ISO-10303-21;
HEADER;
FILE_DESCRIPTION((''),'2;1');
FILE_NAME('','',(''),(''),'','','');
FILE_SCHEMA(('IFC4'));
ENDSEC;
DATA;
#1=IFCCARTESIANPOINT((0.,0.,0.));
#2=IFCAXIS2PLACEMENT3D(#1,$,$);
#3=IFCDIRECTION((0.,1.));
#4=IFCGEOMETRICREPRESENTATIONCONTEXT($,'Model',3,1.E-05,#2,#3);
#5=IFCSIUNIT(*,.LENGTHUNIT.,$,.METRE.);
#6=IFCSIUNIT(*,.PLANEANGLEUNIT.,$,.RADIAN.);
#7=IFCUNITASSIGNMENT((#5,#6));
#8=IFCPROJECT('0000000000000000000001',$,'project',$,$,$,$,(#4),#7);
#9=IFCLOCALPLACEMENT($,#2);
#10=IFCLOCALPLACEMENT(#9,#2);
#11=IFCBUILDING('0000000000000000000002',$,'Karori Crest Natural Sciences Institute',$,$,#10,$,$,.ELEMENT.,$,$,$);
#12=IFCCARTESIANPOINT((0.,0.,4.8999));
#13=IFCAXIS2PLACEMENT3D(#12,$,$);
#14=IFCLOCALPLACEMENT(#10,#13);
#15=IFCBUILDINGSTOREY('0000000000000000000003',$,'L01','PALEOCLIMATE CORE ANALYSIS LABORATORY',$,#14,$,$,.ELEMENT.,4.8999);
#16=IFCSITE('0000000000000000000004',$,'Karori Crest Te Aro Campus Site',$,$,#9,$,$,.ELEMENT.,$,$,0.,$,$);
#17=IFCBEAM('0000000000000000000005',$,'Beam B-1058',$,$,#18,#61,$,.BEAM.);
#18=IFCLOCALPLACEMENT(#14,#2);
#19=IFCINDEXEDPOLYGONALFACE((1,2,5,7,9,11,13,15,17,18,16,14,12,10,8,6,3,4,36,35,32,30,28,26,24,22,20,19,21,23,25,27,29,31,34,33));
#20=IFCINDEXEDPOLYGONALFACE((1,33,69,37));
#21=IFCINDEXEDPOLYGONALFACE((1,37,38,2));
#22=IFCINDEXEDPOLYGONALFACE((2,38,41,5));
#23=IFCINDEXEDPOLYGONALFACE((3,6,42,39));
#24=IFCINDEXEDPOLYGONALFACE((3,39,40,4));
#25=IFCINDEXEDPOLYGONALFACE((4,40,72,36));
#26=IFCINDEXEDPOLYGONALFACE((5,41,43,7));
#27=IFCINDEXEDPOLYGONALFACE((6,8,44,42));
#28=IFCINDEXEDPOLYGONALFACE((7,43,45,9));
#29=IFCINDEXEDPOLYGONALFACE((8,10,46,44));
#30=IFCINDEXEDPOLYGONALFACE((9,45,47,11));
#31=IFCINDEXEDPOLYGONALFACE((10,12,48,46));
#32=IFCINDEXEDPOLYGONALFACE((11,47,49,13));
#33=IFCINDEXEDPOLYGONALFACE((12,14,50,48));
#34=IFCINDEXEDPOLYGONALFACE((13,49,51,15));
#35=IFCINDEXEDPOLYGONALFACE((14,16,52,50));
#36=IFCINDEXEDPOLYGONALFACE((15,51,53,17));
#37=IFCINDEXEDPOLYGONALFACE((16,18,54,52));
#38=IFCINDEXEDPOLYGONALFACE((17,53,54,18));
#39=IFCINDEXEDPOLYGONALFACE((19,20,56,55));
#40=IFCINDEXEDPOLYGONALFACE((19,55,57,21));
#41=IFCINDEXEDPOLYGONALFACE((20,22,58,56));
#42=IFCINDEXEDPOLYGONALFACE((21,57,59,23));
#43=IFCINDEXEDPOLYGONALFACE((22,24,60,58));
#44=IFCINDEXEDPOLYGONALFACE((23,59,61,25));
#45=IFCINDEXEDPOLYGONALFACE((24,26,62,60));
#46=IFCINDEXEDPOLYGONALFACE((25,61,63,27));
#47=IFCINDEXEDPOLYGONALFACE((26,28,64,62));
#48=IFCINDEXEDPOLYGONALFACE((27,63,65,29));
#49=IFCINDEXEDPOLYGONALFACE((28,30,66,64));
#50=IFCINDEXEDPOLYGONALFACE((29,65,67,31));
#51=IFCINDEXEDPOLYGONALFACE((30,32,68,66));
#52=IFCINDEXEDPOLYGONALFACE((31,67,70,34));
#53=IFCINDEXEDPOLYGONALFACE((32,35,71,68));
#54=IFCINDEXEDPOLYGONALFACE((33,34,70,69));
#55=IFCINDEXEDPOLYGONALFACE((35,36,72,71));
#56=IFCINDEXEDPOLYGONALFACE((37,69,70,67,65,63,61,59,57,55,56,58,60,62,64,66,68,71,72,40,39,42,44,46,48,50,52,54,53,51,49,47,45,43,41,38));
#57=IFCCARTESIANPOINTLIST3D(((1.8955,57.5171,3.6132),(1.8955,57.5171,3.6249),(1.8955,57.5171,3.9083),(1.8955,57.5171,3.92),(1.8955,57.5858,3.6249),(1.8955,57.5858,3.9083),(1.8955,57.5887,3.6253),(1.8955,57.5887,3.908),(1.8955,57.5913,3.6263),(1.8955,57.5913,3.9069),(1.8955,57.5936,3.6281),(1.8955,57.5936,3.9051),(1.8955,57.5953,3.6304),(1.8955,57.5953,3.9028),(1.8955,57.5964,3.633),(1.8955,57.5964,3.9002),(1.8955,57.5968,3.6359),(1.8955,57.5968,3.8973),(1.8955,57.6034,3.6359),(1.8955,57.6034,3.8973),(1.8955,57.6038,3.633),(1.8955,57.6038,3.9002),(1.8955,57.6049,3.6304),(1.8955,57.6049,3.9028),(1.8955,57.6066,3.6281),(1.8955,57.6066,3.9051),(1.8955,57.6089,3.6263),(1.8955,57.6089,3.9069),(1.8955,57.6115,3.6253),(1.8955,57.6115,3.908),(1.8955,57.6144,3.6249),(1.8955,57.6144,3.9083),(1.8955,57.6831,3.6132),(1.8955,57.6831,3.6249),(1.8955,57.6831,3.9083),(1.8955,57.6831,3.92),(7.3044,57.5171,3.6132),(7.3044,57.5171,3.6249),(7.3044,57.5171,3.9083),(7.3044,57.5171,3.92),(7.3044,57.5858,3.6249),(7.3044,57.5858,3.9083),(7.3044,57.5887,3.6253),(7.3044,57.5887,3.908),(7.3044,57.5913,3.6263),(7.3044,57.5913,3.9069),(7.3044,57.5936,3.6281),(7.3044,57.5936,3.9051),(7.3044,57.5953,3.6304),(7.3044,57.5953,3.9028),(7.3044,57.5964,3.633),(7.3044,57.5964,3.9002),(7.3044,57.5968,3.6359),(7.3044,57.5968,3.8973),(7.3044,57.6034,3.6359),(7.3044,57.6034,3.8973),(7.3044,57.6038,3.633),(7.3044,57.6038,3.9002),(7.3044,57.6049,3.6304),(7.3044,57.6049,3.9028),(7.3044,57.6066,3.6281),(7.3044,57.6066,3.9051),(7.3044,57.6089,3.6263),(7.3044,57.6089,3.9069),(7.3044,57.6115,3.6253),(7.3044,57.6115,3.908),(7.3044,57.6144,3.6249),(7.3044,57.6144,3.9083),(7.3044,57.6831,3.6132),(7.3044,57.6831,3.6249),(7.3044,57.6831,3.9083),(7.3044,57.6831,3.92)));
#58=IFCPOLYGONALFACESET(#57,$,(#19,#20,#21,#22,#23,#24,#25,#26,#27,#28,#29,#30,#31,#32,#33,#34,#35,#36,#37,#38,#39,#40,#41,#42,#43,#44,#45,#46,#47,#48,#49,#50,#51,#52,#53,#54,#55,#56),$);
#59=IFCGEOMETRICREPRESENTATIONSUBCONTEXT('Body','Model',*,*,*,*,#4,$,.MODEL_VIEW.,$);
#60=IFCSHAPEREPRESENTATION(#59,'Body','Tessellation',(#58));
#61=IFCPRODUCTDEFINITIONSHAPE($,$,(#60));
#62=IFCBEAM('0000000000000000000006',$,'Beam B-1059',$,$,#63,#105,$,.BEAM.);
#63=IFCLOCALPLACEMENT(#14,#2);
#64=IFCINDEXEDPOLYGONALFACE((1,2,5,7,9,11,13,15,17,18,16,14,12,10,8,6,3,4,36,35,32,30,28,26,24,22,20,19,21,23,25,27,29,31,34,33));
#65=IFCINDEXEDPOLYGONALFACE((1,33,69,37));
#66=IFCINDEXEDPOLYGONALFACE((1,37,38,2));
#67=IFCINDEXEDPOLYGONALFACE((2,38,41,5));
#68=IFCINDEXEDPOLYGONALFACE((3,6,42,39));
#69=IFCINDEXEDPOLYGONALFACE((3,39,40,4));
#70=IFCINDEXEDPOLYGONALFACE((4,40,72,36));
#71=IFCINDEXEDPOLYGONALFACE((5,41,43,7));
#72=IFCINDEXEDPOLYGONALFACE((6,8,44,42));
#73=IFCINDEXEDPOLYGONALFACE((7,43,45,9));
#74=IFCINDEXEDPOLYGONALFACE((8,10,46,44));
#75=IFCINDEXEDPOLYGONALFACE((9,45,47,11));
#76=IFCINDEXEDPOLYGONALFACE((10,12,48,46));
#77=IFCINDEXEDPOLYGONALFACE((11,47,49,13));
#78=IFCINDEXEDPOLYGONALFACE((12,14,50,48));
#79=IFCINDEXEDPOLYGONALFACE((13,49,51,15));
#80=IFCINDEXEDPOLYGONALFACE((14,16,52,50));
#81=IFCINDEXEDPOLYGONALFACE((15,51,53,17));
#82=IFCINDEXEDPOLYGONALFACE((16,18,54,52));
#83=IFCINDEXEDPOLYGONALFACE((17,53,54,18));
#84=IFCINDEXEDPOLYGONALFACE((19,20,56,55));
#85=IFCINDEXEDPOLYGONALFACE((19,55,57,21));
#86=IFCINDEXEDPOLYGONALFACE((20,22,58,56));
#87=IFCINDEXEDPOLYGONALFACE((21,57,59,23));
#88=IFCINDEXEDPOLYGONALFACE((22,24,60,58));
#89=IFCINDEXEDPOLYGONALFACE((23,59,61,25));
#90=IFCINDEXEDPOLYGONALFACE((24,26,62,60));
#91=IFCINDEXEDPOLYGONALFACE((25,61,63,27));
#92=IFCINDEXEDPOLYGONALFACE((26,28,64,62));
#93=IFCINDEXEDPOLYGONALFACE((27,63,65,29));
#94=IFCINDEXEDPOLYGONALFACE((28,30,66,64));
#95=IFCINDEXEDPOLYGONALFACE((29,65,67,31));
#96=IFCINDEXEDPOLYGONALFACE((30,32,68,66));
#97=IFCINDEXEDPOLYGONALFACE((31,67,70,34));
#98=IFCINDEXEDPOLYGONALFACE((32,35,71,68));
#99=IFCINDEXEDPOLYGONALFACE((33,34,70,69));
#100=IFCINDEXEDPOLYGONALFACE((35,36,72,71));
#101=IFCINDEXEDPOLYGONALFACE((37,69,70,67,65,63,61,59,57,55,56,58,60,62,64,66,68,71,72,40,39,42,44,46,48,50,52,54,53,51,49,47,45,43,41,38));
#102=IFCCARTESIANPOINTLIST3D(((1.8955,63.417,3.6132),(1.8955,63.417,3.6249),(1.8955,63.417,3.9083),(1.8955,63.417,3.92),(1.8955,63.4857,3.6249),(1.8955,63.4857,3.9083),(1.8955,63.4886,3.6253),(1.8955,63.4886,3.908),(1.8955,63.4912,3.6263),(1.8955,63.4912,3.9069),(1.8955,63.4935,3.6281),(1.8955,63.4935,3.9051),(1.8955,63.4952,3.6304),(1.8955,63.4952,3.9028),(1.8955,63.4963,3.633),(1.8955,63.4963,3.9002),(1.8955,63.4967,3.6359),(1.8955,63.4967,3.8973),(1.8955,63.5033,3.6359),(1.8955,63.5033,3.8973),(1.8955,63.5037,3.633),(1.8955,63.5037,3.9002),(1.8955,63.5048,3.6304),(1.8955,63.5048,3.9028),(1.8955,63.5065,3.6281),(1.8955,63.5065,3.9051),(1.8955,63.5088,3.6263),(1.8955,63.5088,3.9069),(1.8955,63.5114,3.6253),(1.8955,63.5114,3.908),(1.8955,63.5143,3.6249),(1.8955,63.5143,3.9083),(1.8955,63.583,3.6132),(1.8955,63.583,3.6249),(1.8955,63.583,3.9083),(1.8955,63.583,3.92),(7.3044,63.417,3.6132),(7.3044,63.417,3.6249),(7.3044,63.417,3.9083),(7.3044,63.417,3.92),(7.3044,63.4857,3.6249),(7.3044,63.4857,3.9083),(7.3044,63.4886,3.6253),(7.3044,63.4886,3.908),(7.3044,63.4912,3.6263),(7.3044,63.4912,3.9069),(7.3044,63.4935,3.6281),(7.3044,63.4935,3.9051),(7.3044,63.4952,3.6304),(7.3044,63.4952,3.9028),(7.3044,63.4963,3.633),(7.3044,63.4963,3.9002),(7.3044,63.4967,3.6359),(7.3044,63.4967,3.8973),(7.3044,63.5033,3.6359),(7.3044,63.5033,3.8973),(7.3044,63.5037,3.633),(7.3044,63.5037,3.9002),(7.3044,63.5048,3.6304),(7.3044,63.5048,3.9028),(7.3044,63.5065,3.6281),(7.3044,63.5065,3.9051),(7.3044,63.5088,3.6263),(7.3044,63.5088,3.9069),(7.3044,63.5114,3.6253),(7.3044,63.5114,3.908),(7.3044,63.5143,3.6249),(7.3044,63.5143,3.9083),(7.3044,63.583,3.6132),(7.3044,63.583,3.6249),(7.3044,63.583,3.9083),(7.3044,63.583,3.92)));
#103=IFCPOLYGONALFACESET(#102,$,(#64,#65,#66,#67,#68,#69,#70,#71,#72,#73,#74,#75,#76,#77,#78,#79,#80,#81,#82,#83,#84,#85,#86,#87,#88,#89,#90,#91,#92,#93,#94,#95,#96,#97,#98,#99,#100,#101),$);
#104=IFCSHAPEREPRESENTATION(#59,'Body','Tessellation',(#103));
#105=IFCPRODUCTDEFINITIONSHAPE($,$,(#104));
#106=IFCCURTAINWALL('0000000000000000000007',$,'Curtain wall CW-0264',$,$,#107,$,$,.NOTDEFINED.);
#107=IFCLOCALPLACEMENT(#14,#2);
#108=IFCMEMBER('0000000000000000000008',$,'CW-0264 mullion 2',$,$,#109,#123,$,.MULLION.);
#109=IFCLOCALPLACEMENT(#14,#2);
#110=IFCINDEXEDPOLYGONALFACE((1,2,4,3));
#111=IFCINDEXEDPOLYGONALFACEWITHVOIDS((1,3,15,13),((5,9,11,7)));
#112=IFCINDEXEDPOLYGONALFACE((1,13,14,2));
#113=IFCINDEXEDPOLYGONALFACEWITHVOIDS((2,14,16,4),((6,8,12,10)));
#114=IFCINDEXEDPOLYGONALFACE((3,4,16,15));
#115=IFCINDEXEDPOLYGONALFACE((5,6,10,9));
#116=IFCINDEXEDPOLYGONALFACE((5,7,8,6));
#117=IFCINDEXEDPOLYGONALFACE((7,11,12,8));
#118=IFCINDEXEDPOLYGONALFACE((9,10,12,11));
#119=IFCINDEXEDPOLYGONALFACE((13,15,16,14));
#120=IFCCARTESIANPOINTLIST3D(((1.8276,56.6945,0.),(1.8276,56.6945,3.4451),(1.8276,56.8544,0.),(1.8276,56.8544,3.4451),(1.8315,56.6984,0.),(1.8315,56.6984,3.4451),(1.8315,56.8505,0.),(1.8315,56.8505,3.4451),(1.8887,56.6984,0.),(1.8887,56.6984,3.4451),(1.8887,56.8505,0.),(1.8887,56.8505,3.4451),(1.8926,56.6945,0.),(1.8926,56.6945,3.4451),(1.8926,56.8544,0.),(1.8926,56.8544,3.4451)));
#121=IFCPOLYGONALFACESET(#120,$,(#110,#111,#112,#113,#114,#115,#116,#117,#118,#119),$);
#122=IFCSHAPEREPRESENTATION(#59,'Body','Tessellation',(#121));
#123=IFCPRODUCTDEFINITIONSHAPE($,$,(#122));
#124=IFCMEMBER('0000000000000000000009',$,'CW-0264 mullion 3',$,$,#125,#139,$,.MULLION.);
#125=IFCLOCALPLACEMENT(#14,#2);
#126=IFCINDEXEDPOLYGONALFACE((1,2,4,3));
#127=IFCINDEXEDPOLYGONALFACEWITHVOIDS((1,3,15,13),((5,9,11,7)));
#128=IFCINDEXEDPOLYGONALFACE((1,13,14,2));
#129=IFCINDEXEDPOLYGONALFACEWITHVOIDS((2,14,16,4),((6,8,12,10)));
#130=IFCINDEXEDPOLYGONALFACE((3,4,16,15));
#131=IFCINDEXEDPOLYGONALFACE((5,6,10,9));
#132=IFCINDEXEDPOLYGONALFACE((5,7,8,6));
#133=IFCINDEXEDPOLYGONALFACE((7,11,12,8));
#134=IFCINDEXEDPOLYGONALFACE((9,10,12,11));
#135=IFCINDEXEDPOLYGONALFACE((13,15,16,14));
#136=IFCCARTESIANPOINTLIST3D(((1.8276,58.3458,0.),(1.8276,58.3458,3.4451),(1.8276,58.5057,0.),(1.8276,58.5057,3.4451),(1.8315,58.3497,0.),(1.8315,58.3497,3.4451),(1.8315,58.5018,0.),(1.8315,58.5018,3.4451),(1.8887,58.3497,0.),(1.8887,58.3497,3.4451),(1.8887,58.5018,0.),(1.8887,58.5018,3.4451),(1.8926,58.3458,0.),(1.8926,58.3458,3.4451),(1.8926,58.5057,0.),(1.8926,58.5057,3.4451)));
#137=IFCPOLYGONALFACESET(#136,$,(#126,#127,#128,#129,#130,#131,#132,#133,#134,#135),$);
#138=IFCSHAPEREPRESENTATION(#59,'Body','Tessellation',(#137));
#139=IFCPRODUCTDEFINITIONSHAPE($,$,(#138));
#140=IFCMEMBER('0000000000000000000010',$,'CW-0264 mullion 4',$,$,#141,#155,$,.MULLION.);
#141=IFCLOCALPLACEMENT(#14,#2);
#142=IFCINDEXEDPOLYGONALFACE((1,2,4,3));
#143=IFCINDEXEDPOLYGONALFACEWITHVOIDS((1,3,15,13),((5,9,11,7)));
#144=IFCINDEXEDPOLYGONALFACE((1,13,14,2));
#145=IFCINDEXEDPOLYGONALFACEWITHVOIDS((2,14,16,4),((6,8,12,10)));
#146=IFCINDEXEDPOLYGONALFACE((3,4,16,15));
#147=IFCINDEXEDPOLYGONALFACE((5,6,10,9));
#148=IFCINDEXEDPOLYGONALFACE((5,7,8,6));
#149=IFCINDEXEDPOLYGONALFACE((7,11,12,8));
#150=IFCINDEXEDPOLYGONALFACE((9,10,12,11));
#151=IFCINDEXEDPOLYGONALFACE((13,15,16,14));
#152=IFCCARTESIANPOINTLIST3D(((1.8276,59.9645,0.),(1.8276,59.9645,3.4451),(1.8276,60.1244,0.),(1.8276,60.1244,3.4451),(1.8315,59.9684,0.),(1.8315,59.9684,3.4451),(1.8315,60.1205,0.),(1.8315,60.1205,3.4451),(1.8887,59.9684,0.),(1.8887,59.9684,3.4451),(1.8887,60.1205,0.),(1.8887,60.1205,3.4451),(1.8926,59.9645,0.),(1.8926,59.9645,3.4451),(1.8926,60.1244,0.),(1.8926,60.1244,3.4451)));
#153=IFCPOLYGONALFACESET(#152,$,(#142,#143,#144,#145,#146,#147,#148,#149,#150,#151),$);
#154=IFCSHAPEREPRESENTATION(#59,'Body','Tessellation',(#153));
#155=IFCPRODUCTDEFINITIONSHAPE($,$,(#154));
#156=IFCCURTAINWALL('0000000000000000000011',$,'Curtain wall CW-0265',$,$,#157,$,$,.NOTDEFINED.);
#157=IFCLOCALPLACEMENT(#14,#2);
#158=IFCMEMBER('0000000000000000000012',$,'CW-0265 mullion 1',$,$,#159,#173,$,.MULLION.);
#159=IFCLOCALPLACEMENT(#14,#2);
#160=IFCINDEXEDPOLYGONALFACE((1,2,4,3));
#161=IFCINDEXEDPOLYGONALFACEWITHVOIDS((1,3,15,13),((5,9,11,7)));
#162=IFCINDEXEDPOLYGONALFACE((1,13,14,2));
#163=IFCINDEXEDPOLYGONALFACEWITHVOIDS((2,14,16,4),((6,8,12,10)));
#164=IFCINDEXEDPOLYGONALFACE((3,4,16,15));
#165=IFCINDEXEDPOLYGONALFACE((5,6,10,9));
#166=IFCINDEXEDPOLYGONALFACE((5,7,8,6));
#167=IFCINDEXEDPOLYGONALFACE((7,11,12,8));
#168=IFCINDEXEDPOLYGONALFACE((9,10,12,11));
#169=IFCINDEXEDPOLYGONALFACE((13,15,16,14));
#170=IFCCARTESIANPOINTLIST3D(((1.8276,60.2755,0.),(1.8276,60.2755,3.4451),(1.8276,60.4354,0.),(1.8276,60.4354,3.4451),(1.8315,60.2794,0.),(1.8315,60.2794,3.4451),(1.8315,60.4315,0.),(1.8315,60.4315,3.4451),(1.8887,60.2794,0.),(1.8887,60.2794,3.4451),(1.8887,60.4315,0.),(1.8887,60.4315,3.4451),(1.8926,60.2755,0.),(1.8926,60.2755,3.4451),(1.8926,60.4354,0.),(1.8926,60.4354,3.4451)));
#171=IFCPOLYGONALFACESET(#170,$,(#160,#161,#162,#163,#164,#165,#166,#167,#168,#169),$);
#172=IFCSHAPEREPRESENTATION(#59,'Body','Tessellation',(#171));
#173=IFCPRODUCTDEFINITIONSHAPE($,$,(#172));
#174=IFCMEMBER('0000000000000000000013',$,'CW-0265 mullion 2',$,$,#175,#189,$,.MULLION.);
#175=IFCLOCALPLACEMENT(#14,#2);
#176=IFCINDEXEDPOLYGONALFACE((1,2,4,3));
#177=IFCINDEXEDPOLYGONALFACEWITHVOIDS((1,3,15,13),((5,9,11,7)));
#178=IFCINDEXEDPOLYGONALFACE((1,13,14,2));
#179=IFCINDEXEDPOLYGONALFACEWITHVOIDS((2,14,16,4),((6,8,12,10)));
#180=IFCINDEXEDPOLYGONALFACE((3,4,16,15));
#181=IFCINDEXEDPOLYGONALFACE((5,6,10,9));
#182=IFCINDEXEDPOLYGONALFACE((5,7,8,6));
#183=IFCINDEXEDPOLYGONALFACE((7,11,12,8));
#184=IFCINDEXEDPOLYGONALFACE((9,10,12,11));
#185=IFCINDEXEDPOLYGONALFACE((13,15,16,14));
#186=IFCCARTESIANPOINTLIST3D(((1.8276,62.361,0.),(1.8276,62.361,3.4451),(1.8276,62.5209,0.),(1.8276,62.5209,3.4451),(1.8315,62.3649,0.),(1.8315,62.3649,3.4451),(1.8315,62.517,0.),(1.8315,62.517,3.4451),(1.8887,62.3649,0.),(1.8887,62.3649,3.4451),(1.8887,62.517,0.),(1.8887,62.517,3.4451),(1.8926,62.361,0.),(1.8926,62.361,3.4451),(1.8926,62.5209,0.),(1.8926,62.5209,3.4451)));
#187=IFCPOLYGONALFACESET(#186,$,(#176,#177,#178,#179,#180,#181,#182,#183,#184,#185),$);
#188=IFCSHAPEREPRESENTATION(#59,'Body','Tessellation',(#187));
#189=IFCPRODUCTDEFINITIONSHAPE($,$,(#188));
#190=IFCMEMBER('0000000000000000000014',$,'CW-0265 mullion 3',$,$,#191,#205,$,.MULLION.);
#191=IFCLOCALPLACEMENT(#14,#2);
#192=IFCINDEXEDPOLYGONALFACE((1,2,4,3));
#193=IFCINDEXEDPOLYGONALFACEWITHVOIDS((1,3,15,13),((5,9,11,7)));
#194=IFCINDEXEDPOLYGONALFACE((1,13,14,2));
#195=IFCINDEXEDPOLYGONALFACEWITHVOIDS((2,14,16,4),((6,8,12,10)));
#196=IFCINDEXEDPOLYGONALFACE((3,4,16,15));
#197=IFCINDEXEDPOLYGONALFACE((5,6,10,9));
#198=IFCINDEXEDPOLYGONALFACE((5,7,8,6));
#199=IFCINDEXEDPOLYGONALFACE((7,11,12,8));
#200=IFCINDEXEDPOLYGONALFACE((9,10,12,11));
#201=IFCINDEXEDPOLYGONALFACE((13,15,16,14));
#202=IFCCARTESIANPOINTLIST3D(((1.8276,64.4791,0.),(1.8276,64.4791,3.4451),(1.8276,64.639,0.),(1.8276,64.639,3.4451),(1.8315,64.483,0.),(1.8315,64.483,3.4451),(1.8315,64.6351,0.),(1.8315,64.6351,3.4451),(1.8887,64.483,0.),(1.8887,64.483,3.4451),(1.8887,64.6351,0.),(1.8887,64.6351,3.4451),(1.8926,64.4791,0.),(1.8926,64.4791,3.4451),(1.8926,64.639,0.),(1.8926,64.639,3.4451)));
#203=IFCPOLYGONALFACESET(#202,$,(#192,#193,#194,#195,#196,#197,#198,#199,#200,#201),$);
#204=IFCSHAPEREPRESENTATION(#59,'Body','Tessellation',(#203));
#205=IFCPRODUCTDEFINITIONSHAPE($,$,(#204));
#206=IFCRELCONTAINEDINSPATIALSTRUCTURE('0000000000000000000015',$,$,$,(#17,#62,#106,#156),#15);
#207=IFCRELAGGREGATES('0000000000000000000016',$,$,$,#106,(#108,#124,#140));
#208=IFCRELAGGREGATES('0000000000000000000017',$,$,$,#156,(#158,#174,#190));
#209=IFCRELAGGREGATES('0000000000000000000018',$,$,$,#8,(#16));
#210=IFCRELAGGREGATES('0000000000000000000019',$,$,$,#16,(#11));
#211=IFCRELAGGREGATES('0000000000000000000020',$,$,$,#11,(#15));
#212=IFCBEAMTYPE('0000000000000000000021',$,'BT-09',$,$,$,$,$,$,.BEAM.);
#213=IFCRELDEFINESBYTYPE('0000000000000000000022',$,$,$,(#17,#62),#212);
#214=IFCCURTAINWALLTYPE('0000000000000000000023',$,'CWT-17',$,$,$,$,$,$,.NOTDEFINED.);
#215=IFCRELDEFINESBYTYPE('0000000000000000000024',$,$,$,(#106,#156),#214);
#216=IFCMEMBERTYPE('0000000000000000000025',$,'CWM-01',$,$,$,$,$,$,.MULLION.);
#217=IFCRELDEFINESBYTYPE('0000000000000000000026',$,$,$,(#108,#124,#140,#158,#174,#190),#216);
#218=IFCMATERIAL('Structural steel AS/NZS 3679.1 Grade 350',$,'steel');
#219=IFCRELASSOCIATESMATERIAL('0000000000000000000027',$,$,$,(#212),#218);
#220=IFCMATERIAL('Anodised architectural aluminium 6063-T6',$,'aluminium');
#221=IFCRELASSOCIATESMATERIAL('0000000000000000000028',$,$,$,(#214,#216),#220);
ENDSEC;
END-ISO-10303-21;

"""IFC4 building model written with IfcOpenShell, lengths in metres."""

from ifc_helpers import new_model, si_unit, direction, frame, origin, origin_2d, place, context, subcontext, project, spatial, hollow_rectangle, i_section, extrude, material, material_profile, profile_set, type_object, element, aggregate, save


model = new_model("IFC4")

# Units and contexts
model_context = context("Model", 3, precision=1e-05, world=origin(), true_north=direction((0.0, 1.0)))
body_context = subcontext(model_context, "Body", "Model", "MODEL_VIEW")
ifc_project = project(units=[si_unit("LENGTHUNIT", "METRE"), si_unit("PLANEANGLEUNIT", "RADIAN")], contexts=[model_context])

# Site, building, storey
site_placement = place(None, origin())
site = spatial("IfcSite", under=ifc_project, at=site_placement, Name="Karori Crest Te Aro Campus Site", CompositionType="ELEMENT", RefElevation=0.0)
building_placement = place(site_placement, origin())
building = spatial("IfcBuilding", under=site, at=building_placement, Name="Karori Crest Natural Sciences Institute", CompositionType="ELEMENT")
storey_placement = place(building_placement, frame((0.0, 0.0, 4.8999)))
storey = spatial("IfcBuildingStorey", under=building, at=storey_placement, Name="L01", Description="PALEOCLIMATE CORE ANALYSIS LABORATORY", CompositionType="ELEMENT", Elevation=4.8999)

# Shared definitions
ifc_material_1 = material(Name="Structural steel AS/NZS 3679.1 Grade 350", Category="steel")

# Beams
ifc_material_profile_1 = material_profile(ifc_material_1, i_section(OverallWidth=0.166, OverallDepth=0.3069, WebThickness=0.0066, FlangeThickness=0.0117, FilletRadius=0.011, at=origin_2d()), Name="310UB46.2")
ifc_profile_set_1 = profile_set([ifc_material_profile_1], Name="Structural steel AS/NZS 3679.1 Grade 350")
beam_type_1 = type_object("IfcBeamType", Name="BT-09", PredefinedType="BEAM", material=ifc_profile_set_1)
for number, where, z_axis, x_axis, name in (
    (1, (1.8955, 57.6001, 3.7666), (1.0, 0.0, 0.0), (0.0, 1.0, 0.0), "Beam B-1058"),
    (2, (1.8955, 63.5, 3.7666), (1.0, 0.0, 0.0), (0.0, 1.0, 0.0), "Beam B-1059"),
):
    element("IfcBeam", number, at=place(storey_placement, frame(where, z_axis=z_axis, x_axis=x_axis)), inside=storey, type_object=beam_type_1, Name=name, PredefinedType="BEAM", context=body_context, shape_type="SweptSolid", body=[
        extrude(i_section(OverallWidth=0.166, OverallDepth=0.3069, WebThickness=0.0066, FlangeThickness=0.0117, FilletRadius=0.011, at=origin_2d()), origin(), (0.0, 0.0, 1.0), 5.4089),
    ])

# Curtain walls, members
ifc_material_2 = material(Name="Anodised architectural aluminium 6063-T6", Category="aluminium")
curtain_wall_type = type_object("IfcCurtainWallType", Name="CWT-17", PredefinedType="NOTDEFINED", material=ifc_material_2)
curtain_wall_1_placement = place(storey_placement, origin())
curtain_wall_1 = element("IfcCurtainWall", 3, at=curtain_wall_1_placement, inside=storey, type_object=curtain_wall_type, Name="Curtain wall CW-0264", PredefinedType="NOTDEFINED")
ifc_material_profile_2 = material_profile(ifc_material_2, hollow_rectangle(XDim=0.0649, YDim=0.1599, WallThickness=0.0039, at=origin_2d()), Name="CWM160x65x4")
ifc_profile_set_2 = profile_set([ifc_material_profile_2], Name="Anodised architectural aluminium 6063-T6")
member_type_1 = type_object("IfcMemberType", Name="CWM-01", PredefinedType="MULLION", material=ifc_profile_set_2)
member_1_placement = place(storey_placement, frame((1.8601, 56.7744, 0.0), z_axis=(0.0, 0.0, 1.0), x_axis=(-1.0, 0.0, 0.0)))
member_1 = element("IfcMember", 4, at=member_1_placement, type_object=member_type_1, Name="CW-0264 mullion 2", PredefinedType="MULLION", context=body_context, shape_type="SweptSolid", body=[
    extrude(hollow_rectangle(XDim=0.0649, YDim=0.1599, WallThickness=0.0039, at=origin_2d()), origin(), (0.0, 0.0, 1.0), 3.4451),
])
member_2_placement = place(storey_placement, frame((1.8601, 58.4258, 0.0), z_axis=(0.0, 0.0, 1.0), x_axis=(-1.0, 0.0, 0.0)))
member_2 = element("IfcMember", 5, at=member_2_placement, type_object=member_type_1, Name="CW-0264 mullion 3", PredefinedType="MULLION", context=body_context, shape_type="SweptSolid", body=[
    extrude(hollow_rectangle(XDim=0.0649, YDim=0.1599, WallThickness=0.0039, at=origin_2d()), origin(), (0.0, 0.0, 1.0), 3.4451),
])
member_3_placement = place(storey_placement, frame((1.8601, 60.0444, 0.0), z_axis=(0.0, 0.0, 1.0), x_axis=(-1.0, 0.0, 0.0)))
member_3 = element("IfcMember", 6, at=member_3_placement, type_object=member_type_1, Name="CW-0264 mullion 4", PredefinedType="MULLION", context=body_context, shape_type="SweptSolid", body=[
    extrude(hollow_rectangle(XDim=0.0649, YDim=0.1599, WallThickness=0.0039, at=origin_2d()), origin(), (0.0, 0.0, 1.0), 3.4451),
])
curtain_wall_2_placement = place(storey_placement, origin())
curtain_wall_2 = element("IfcCurtainWall", 7, at=curtain_wall_2_placement, inside=storey, type_object=curtain_wall_type, Name="Curtain wall CW-0265", PredefinedType="NOTDEFINED")
member_4_placement = place(storey_placement, frame((1.8601, 60.3555, 0.0), z_axis=(0.0, 0.0, 1.0), x_axis=(-1.0, 0.0, 0.0)))
member_4 = element("IfcMember", 8, at=member_4_placement, type_object=member_type_1, Name="CW-0265 mullion 1", PredefinedType="MULLION", context=body_context, shape_type="SweptSolid", body=[
    extrude(hollow_rectangle(XDim=0.0649, YDim=0.1599, WallThickness=0.0039, at=origin_2d()), origin(), (0.0, 0.0, 1.0), 3.4451),
])
member_5_placement = place(storey_placement, frame((1.8601, 62.4409, 0.0), z_axis=(0.0, 0.0, 1.0), x_axis=(-1.0, 0.0, 0.0)))
member_5 = element("IfcMember", 9, at=member_5_placement, type_object=member_type_1, Name="CW-0265 mullion 2", PredefinedType="MULLION", context=body_context, shape_type="SweptSolid", body=[
    extrude(hollow_rectangle(XDim=0.0649, YDim=0.1599, WallThickness=0.0039, at=origin_2d()), origin(), (0.0, 0.0, 1.0), 3.4451),
])
member_6_placement = place(storey_placement, frame((1.8601, 64.5591, 0.0), z_axis=(0.0, 0.0, 1.0), x_axis=(-1.0, 0.0, 0.0)))
member_6 = element("IfcMember", 10, at=member_6_placement, type_object=member_type_1, Name="CW-0265 mullion 3", PredefinedType="MULLION", context=body_context, shape_type="SweptSolid", body=[
    extrude(hollow_rectangle(XDim=0.0649, YDim=0.1599, WallThickness=0.0039, at=origin_2d()), origin(), (0.0, 0.0, 1.0), 3.4451),
])

aggregate(curtain_wall_1, [member_1, member_2, member_3])
aggregate(curtain_wall_2, [member_4, member_5, member_6])

save(model, "model.ifc")
